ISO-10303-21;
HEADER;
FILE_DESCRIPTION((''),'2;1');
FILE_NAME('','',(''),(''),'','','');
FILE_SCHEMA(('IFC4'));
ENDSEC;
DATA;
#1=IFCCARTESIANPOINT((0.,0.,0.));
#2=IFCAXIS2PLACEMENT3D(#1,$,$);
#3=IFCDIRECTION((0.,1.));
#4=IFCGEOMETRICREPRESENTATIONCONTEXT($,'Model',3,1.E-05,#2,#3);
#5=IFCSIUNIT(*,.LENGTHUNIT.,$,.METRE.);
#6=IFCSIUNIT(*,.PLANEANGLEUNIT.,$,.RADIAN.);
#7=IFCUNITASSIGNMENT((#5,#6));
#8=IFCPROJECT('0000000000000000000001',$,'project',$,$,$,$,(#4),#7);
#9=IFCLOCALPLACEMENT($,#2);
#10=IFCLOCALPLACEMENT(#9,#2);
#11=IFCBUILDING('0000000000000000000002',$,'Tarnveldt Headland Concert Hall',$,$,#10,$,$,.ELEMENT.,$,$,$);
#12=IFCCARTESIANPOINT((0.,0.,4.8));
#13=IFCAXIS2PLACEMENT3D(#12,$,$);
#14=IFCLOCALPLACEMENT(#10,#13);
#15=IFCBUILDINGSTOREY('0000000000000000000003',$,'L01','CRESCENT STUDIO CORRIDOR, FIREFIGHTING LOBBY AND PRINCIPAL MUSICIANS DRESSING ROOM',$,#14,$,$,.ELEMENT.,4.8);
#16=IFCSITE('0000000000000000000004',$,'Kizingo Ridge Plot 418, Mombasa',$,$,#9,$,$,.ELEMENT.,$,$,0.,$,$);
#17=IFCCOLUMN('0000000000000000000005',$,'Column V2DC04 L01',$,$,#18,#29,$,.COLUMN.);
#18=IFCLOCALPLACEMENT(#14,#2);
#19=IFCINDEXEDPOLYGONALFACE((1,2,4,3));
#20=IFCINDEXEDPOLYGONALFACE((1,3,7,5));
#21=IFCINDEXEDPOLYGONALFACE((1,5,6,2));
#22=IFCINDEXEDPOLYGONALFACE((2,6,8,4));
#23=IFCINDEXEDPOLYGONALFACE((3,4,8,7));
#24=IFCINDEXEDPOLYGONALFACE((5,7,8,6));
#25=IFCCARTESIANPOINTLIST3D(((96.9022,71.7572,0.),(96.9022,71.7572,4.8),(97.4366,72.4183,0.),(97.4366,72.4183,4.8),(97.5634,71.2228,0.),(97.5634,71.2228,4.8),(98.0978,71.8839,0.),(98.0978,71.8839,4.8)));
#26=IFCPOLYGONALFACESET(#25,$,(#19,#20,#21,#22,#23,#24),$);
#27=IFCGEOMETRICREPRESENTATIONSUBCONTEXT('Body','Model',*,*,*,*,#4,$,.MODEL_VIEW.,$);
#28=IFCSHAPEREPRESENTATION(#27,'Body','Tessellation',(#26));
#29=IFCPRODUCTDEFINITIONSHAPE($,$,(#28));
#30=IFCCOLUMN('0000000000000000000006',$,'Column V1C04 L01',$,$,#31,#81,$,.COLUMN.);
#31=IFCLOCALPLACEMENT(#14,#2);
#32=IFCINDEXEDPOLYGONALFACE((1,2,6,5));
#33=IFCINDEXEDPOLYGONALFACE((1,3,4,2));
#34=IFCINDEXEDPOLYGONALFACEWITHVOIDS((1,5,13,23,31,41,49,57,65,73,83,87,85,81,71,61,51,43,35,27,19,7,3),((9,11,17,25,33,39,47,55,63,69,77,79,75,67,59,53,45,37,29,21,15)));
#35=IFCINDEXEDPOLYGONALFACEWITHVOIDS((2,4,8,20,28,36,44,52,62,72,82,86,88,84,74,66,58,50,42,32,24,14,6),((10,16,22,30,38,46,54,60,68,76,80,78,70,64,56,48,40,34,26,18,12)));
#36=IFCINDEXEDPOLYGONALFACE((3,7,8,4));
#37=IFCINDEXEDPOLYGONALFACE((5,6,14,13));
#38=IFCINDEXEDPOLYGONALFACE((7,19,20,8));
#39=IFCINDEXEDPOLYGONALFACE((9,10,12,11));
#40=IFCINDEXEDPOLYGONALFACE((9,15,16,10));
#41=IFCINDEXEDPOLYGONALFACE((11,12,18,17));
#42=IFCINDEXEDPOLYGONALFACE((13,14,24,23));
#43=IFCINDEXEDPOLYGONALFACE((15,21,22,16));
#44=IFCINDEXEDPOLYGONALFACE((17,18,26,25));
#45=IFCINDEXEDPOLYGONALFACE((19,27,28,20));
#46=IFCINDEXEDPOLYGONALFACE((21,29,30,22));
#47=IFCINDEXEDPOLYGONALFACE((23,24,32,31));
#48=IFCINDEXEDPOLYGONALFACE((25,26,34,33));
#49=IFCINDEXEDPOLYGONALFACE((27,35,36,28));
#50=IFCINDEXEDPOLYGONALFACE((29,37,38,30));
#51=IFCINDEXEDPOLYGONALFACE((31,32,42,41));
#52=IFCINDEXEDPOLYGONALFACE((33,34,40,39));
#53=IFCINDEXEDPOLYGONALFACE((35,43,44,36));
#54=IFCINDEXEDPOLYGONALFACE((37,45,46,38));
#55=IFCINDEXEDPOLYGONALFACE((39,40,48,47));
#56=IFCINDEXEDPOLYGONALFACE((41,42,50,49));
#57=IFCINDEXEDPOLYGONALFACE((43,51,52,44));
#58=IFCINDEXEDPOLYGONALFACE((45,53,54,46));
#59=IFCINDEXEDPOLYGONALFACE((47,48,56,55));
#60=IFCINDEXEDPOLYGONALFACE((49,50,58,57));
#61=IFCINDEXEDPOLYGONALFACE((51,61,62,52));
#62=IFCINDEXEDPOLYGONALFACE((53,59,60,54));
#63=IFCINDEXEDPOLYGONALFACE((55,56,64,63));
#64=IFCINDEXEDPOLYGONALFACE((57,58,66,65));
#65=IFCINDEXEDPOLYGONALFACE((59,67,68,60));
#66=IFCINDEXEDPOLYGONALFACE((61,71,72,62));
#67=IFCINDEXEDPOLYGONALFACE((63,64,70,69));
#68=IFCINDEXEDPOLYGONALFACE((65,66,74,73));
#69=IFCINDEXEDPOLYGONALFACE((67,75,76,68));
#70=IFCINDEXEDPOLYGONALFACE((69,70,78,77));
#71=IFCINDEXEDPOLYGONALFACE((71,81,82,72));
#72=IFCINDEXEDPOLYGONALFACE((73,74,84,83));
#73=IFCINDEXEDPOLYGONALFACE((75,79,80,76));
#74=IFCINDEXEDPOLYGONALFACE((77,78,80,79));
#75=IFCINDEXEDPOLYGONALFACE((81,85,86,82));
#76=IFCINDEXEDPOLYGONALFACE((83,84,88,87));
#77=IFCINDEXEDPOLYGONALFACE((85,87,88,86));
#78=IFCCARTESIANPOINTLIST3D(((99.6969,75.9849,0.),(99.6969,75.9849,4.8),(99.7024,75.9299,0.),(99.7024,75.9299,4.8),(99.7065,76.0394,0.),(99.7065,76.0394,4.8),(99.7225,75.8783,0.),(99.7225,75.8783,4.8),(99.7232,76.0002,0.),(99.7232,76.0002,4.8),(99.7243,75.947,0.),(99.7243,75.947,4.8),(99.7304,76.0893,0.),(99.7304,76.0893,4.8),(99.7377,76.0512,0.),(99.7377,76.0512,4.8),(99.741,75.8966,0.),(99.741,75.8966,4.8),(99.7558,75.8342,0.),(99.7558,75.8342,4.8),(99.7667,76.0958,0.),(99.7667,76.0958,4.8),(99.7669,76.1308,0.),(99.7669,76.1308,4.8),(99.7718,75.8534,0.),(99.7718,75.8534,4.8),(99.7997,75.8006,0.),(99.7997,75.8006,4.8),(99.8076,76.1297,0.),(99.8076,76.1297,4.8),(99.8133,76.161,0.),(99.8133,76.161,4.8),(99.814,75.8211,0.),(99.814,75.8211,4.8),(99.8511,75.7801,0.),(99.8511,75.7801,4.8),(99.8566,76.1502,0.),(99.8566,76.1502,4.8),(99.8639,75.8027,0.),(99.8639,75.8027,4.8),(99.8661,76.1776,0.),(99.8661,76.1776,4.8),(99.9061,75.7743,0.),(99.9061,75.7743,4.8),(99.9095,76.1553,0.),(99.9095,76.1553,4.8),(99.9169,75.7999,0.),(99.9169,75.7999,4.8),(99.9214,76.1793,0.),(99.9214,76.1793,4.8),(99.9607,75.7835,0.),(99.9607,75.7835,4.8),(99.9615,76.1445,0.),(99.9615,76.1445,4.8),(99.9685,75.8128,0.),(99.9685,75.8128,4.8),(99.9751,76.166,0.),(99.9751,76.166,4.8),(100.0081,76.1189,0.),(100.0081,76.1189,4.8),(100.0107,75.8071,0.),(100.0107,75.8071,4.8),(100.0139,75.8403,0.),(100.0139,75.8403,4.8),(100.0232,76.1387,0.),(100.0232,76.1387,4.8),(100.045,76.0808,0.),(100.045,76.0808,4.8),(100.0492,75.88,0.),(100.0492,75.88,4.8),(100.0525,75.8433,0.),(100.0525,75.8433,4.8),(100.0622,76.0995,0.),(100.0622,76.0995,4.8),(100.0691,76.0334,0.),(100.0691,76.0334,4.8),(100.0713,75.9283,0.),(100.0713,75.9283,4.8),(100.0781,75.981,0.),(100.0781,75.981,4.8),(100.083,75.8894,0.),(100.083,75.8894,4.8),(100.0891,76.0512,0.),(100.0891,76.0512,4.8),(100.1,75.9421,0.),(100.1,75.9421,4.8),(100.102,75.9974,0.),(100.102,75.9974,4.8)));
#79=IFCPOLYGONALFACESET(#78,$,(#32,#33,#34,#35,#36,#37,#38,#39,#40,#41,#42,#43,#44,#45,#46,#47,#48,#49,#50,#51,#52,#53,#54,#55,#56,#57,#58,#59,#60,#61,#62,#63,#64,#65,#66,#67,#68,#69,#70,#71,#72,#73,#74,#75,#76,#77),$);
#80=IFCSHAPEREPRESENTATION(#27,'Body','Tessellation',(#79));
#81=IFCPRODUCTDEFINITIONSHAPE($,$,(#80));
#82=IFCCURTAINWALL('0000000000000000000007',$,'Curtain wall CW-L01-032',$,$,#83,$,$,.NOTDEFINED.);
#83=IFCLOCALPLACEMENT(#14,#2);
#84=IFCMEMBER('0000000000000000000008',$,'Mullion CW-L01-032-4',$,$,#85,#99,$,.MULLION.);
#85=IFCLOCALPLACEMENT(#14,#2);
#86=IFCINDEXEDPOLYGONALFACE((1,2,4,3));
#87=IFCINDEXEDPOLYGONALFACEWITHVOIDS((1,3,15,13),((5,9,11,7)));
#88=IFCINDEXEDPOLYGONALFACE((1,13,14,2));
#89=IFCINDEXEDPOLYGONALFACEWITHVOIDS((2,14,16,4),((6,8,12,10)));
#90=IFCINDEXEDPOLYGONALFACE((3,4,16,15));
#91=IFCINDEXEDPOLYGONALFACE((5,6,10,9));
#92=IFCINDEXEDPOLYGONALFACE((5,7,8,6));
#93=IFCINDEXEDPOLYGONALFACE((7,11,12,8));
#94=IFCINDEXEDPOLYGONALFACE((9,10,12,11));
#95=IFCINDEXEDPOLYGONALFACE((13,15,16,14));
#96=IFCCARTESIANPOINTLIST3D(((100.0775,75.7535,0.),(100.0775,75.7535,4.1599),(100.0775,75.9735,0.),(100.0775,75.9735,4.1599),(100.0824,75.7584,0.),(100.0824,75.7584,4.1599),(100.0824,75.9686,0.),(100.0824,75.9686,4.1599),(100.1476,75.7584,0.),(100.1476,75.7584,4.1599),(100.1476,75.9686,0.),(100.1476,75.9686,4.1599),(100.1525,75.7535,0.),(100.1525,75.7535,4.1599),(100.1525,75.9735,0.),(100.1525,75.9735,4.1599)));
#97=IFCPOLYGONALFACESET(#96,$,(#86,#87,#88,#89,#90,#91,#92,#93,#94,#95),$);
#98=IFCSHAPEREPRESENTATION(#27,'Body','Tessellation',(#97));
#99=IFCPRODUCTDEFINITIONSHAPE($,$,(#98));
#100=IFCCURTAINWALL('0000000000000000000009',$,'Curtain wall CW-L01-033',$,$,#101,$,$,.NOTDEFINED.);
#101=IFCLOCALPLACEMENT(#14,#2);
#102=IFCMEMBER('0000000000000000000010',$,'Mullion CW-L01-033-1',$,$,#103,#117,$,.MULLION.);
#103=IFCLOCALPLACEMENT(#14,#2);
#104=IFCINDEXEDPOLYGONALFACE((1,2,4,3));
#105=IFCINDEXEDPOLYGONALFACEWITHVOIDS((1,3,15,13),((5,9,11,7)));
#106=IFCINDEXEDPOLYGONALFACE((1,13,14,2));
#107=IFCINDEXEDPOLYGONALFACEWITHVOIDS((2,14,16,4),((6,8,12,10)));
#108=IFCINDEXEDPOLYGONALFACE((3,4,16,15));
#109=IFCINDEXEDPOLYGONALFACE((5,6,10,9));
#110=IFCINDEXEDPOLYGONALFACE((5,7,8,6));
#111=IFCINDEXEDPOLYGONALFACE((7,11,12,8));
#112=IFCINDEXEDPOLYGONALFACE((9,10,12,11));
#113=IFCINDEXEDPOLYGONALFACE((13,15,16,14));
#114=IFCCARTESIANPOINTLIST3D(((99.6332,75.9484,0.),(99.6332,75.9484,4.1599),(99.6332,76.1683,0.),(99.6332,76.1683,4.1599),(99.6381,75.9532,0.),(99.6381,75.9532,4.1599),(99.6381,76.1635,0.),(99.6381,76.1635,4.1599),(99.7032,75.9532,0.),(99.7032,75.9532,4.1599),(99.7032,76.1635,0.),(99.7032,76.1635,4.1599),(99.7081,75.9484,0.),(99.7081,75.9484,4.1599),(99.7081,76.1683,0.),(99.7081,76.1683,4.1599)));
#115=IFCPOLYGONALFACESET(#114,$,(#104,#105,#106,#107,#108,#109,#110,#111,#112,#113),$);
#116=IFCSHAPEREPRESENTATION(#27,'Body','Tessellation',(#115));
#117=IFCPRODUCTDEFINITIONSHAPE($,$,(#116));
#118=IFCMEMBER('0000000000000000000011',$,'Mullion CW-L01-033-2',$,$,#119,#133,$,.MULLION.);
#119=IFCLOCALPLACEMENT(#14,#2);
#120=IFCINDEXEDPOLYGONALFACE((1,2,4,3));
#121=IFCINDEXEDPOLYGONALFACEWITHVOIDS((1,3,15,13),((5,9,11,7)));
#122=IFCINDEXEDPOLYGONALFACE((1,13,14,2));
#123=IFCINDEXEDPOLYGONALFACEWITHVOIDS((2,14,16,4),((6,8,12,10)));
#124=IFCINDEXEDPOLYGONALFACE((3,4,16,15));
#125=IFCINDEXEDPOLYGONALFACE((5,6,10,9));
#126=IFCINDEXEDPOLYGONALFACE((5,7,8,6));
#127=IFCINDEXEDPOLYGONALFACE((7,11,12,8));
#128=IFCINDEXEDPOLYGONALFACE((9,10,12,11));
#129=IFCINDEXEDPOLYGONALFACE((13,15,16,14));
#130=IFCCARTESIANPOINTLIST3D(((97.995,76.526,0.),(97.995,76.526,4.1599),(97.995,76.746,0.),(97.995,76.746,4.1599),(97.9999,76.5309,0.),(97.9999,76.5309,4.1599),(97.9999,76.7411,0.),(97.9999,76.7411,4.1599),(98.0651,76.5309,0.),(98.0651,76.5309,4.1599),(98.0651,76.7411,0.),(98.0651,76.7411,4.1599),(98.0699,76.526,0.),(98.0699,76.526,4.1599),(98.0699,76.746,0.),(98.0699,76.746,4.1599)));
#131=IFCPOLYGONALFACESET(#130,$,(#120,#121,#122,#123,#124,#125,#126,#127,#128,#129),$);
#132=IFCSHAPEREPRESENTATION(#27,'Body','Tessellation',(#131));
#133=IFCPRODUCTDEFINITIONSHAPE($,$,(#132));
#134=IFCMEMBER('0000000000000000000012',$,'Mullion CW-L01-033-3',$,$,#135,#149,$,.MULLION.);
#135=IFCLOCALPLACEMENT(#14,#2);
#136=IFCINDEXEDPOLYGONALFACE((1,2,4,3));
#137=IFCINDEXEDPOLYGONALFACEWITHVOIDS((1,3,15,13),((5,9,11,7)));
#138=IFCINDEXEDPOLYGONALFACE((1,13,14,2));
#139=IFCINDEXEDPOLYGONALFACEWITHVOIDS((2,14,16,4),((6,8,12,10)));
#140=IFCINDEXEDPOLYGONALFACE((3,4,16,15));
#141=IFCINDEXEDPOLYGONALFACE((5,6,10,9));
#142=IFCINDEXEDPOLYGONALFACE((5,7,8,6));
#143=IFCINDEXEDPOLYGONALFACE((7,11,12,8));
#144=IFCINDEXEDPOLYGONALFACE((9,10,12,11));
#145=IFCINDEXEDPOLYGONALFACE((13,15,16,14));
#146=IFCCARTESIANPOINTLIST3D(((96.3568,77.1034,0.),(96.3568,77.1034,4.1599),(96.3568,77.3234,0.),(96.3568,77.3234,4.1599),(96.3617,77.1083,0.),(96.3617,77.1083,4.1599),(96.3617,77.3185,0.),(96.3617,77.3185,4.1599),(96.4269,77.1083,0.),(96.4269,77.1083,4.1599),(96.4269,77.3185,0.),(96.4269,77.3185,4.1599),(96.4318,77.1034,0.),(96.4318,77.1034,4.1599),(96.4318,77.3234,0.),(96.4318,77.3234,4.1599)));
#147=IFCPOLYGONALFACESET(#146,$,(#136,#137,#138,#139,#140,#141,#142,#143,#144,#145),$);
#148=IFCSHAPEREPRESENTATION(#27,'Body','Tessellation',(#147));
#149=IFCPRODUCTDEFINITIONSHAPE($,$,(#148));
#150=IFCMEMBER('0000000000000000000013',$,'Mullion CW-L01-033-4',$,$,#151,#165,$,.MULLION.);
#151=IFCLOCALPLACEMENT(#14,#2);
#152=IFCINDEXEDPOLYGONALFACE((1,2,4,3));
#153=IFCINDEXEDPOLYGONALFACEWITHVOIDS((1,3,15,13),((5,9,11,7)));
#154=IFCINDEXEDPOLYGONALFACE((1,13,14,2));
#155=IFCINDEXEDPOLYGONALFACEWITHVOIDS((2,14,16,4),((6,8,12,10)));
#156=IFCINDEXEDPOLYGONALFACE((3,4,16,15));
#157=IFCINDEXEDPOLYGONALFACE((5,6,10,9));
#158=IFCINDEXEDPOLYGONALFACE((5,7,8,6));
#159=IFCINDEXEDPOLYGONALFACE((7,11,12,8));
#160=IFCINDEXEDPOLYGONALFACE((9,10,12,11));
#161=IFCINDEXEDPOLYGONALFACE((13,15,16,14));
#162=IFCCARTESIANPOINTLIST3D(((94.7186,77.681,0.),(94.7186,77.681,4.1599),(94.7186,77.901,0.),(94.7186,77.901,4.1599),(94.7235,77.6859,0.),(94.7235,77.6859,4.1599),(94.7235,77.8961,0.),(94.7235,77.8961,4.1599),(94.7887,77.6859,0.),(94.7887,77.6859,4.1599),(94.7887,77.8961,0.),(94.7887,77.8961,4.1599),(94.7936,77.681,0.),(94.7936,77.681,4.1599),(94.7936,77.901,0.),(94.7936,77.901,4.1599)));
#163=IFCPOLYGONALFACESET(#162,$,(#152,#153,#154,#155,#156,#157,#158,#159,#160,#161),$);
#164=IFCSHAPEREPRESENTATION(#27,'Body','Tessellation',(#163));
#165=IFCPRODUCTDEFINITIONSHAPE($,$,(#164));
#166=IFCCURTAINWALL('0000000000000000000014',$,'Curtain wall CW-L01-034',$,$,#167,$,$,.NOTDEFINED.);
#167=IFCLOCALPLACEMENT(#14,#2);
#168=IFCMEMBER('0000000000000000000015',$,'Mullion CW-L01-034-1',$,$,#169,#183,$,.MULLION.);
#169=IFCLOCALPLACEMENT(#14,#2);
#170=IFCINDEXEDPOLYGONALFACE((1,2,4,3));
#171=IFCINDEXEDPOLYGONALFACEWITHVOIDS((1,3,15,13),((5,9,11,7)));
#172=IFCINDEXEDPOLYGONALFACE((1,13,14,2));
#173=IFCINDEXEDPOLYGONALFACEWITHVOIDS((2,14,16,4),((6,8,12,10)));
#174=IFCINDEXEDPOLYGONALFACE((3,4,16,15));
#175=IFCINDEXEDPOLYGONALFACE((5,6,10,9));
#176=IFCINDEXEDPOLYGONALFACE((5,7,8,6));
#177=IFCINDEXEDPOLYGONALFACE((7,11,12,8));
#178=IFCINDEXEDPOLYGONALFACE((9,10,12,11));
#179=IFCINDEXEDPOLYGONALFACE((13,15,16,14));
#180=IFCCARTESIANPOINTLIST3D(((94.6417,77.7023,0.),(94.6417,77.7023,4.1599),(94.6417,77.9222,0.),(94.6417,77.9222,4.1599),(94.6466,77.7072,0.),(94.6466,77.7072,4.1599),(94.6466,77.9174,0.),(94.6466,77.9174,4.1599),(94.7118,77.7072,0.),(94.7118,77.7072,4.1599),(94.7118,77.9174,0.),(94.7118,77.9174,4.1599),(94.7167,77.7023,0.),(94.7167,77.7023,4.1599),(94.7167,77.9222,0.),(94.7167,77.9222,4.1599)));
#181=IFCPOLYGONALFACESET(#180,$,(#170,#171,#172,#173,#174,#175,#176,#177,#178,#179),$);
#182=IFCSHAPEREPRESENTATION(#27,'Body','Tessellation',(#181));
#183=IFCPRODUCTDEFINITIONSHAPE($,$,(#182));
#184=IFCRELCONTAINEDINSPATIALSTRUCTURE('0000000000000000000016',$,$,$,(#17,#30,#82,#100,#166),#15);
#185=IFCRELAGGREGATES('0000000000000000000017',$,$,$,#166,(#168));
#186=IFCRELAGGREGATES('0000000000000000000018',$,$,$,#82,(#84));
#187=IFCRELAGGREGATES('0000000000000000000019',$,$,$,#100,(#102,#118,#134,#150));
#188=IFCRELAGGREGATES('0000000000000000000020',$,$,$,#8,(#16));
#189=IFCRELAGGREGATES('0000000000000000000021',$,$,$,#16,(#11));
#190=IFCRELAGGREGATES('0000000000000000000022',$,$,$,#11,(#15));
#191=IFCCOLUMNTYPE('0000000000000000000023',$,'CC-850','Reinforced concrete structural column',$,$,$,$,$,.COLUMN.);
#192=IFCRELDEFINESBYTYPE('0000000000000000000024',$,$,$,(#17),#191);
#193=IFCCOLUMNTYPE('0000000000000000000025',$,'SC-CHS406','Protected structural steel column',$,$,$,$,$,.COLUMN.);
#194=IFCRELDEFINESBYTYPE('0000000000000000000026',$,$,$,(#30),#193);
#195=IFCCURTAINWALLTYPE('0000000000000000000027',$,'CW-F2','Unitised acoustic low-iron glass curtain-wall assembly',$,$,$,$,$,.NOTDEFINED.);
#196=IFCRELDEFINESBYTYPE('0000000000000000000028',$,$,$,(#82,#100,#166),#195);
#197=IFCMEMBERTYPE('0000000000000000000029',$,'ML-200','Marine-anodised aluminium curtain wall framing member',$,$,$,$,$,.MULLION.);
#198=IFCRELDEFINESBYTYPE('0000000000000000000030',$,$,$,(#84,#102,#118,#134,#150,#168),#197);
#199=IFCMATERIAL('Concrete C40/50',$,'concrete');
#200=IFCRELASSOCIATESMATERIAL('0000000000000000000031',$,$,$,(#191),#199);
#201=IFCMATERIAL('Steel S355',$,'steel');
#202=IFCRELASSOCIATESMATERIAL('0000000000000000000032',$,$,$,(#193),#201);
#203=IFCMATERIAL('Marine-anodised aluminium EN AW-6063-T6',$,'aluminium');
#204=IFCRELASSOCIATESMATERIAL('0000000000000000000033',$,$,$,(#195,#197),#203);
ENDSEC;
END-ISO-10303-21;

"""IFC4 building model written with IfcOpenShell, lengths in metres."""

from ifc_helpers import new_model, si_unit, direction, frame, origin, origin_2d, place, context, subcontext, project, spatial, rectangle, hollow_rectangle, hollow_circle, extrude, material, material_profile, profile_set, type_object, element, aggregate, save


model = new_model("IFC4")

# Units and contexts
model_context = context("Model", 3, precision=1e-05, world=origin(), true_north=direction((0.0, 1.0)))
body_context = subcontext(model_context, "Body", "Model", "MODEL_VIEW")
ifc_project = project(units=[si_unit("LENGTHUNIT", "METRE"), si_unit("PLANEANGLEUNIT", "RADIAN")], contexts=[model_context])

# Site, building, storey
site_placement = place(None, origin())
site = spatial("IfcSite", under=ifc_project, at=site_placement, Name="Kizingo Ridge Plot 418, Mombasa", CompositionType="ELEMENT", RefElevation=0.0)
building_placement = place(site_placement, origin())
building = spatial("IfcBuilding", under=site, at=building_placement, Name="Tarnveldt Headland Concert Hall", CompositionType="ELEMENT")
storey_placement = place(building_placement, frame((0.0, 0.0, 4.8)))
storey = spatial("IfcBuildingStorey", under=building, at=storey_placement, Name="L01", Description="CRESCENT STUDIO CORRIDOR, FIREFIGHTING LOBBY AND PRINCIPAL MUSICIANS DRESSING ROOM", CompositionType="ELEMENT", Elevation=4.8)

# Columns
ifc_material_1 = material(Name="Concrete C40/50", Category="concrete")
ifc_material_profile_1 = material_profile(ifc_material_1, rectangle(XDim=0.8501, YDim=0.8501, at=origin_2d()), Name="RC 850x850", Category="concrete")
ifc_profile_set_1 = profile_set([ifc_material_profile_1], Name="Concrete C40/50")
column_type_1 = type_object("IfcColumnType", Name="CC-850", Description="Reinforced concrete structural column", PredefinedType="COLUMN", material=ifc_profile_set_1)
column_1_placement = place(storey_placement, frame((97.5, 71.8206, 0.0), z_axis=(0.0, 0.0, 1.0), x_axis=(0.628642, 0.777695, 0.0)))
element("IfcColumn", 1, at=column_1_placement, inside=storey, type_object=column_type_1, Name="Column V2DC04 L01", PredefinedType="COLUMN", context=body_context, shape_type="SweptSolid", body=[
    extrude(rectangle(XDim=0.8501, YDim=0.8501, at=origin_2d()), origin(), (0.0, 0.0, 1.0), 4.8),
])
ifc_material_2 = material(Name="Steel S355", Category="steel")
ifc_material_profile_2 = material_profile(ifc_material_2, hollow_circle(Radius=0.2031, WallThickness=0.0249, at=origin_2d()), Name="CHS 406.4x25", Category="steel")
ifc_profile_set_2 = profile_set([ifc_material_profile_2], Name="Steel S355")
column_type_2 = type_object("IfcColumnType", Name="SC-CHS406", Description="Protected structural steel column", PredefinedType="COLUMN", material=ifc_profile_set_2)
column_2_placement = place(storey_placement, frame((99.8999, 75.9773, 0.0), z_axis=(0.0, 0.0, 1.0), x_axis=(0.60696, 0.794733, 0.0)))
element("IfcColumn", 2, at=column_2_placement, inside=storey, type_object=column_type_2, Name="Column V1C04 L01", PredefinedType="COLUMN", context=body_context, shape_type="SweptSolid", body=[
    extrude(hollow_circle(Radius=0.2031, WallThickness=0.0249, at=origin_2d()), origin(), (0.0, 0.0, 1.0), 4.8),
])

# Curtain wall, member
ifc_material_3 = material(Name="Marine-anodised aluminium EN AW-6063-T6", Category="aluminium")
curtain_wall_type = type_object("IfcCurtainWallType", Name="CW-F2", Description="Unitised acoustic low-iron glass curtain-wall assembly", PredefinedType="NOTDEFINED", material=ifc_material_3)
curtain_wall_1_placement = place(storey_placement, origin())
curtain_wall_1 = element("IfcCurtainWall", 3, at=curtain_wall_1_placement, inside=storey, type_object=curtain_wall_type, Name="Curtain wall CW-L01-032", PredefinedType="NOTDEFINED")
ifc_material_profile_3 = material_profile(ifc_material_3, hollow_rectangle(XDim=0.075, YDim=0.22, WallThickness=0.0049, at=origin_2d()), Name="ALU MULLION 75x220x5", Category="aluminium")
ifc_profile_set_3 = profile_set([ifc_material_profile_3], Name="Marine-anodised aluminium EN AW-6063-T6")
member_type_1 = type_object("IfcMemberType", Name="ML-200", Description="Marine-anodised aluminium curtain wall framing member", PredefinedType="MULLION", material=ifc_profile_set_3)
member_1_placement = place(storey_placement, frame((100.115, 75.8635, 0.0), z_axis=(0.0, 0.0, 1.0), x_axis=(1.0, 0.0, 0.0)))
member_1 = element("IfcMember", 4, at=member_1_placement, type_object=member_type_1, Name="Mullion CW-L01-032-4", PredefinedType="MULLION", context=body_context, shape_type="SweptSolid", body=[
    extrude(hollow_rectangle(XDim=0.075, YDim=0.22, WallThickness=0.0049, at=origin_2d()), origin(), (0.0, 0.0, 1.0), 4.1599),
])

# Curtain wall, members
curtain_wall_2_placement = place(storey_placement, origin())
curtain_wall_2 = element("IfcCurtainWall", 5, at=curtain_wall_2_placement, inside=storey, type_object=curtain_wall_type, Name="Curtain wall CW-L01-033", PredefinedType="NOTDEFINED")
member_2_placement = place(storey_placement, frame((99.6707, 76.0583, 0.0), z_axis=(0.0, 0.0, 1.0), x_axis=(1.0, 0.0, 0.0)))
member_2 = element("IfcMember", 6, at=member_2_placement, type_object=member_type_1, Name="Mullion CW-L01-033-1", PredefinedType="MULLION", context=body_context, shape_type="SweptSolid", body=[
    extrude(hollow_rectangle(XDim=0.075, YDim=0.22, WallThickness=0.0049, at=origin_2d()), origin(), (0.0, 0.0, 1.0), 4.1599),
])
member_3_placement = place(storey_placement, frame((98.0325, 76.636, 0.0), z_axis=(0.0, 0.0, 1.0), x_axis=(1.0, 0.0, 0.0)))
member_3 = element("IfcMember", 7, at=member_3_placement, type_object=member_type_1, Name="Mullion CW-L01-033-2", PredefinedType="MULLION", context=body_context, shape_type="SweptSolid", body=[
    extrude(hollow_rectangle(XDim=0.075, YDim=0.22, WallThickness=0.0049, at=origin_2d()), origin(), (0.0, 0.0, 1.0), 4.1599),
])
member_4_placement = place(storey_placement, frame((96.3943, 77.2134, 0.0), z_axis=(0.0, 0.0, 1.0), x_axis=(1.0, 0.0, 0.0)))
member_4 = element("IfcMember", 8, at=member_4_placement, type_object=member_type_1, Name="Mullion CW-L01-033-3", PredefinedType="MULLION", context=body_context, shape_type="SweptSolid", body=[
    extrude(hollow_rectangle(XDim=0.075, YDim=0.22, WallThickness=0.0049, at=origin_2d()), origin(), (0.0, 0.0, 1.0), 4.1599),
])
member_5_placement = place(storey_placement, frame((94.7561, 77.791, 0.0), z_axis=(0.0, 0.0, 1.0), x_axis=(1.0, 0.0, 0.0)))
member_5 = element("IfcMember", 9, at=member_5_placement, type_object=member_type_1, Name="Mullion CW-L01-033-4", PredefinedType="MULLION", context=body_context, shape_type="SweptSolid", body=[
    extrude(hollow_rectangle(XDim=0.075, YDim=0.22, WallThickness=0.0049, at=origin_2d()), origin(), (0.0, 0.0, 1.0), 4.1599),
])

# Curtain wall, member
curtain_wall_3_placement = place(storey_placement, origin())
curtain_wall_3 = element("IfcCurtainWall", 10, at=curtain_wall_3_placement, inside=storey, type_object=curtain_wall_type, Name="Curtain wall CW-L01-034", PredefinedType="NOTDEFINED")
member_6_placement = place(storey_placement, frame((94.6792, 77.8123, 0.0), z_axis=(0.0, 0.0, 1.0), x_axis=(1.0, 0.0, 0.0)))
member_6 = element("IfcMember", 11, at=member_6_placement, type_object=member_type_1, Name="Mullion CW-L01-034-1", PredefinedType="MULLION", context=body_context, shape_type="SweptSolid", body=[
    extrude(hollow_rectangle(XDim=0.075, YDim=0.22, WallThickness=0.0049, at=origin_2d()), origin(), (0.0, 0.0, 1.0), 4.1599),
])

aggregate(curtain_wall_3, [member_6])

aggregate(curtain_wall_1, [member_1])
aggregate(curtain_wall_2, [member_2, member_3, member_4, member_5])

save(model, "model.ifc")
